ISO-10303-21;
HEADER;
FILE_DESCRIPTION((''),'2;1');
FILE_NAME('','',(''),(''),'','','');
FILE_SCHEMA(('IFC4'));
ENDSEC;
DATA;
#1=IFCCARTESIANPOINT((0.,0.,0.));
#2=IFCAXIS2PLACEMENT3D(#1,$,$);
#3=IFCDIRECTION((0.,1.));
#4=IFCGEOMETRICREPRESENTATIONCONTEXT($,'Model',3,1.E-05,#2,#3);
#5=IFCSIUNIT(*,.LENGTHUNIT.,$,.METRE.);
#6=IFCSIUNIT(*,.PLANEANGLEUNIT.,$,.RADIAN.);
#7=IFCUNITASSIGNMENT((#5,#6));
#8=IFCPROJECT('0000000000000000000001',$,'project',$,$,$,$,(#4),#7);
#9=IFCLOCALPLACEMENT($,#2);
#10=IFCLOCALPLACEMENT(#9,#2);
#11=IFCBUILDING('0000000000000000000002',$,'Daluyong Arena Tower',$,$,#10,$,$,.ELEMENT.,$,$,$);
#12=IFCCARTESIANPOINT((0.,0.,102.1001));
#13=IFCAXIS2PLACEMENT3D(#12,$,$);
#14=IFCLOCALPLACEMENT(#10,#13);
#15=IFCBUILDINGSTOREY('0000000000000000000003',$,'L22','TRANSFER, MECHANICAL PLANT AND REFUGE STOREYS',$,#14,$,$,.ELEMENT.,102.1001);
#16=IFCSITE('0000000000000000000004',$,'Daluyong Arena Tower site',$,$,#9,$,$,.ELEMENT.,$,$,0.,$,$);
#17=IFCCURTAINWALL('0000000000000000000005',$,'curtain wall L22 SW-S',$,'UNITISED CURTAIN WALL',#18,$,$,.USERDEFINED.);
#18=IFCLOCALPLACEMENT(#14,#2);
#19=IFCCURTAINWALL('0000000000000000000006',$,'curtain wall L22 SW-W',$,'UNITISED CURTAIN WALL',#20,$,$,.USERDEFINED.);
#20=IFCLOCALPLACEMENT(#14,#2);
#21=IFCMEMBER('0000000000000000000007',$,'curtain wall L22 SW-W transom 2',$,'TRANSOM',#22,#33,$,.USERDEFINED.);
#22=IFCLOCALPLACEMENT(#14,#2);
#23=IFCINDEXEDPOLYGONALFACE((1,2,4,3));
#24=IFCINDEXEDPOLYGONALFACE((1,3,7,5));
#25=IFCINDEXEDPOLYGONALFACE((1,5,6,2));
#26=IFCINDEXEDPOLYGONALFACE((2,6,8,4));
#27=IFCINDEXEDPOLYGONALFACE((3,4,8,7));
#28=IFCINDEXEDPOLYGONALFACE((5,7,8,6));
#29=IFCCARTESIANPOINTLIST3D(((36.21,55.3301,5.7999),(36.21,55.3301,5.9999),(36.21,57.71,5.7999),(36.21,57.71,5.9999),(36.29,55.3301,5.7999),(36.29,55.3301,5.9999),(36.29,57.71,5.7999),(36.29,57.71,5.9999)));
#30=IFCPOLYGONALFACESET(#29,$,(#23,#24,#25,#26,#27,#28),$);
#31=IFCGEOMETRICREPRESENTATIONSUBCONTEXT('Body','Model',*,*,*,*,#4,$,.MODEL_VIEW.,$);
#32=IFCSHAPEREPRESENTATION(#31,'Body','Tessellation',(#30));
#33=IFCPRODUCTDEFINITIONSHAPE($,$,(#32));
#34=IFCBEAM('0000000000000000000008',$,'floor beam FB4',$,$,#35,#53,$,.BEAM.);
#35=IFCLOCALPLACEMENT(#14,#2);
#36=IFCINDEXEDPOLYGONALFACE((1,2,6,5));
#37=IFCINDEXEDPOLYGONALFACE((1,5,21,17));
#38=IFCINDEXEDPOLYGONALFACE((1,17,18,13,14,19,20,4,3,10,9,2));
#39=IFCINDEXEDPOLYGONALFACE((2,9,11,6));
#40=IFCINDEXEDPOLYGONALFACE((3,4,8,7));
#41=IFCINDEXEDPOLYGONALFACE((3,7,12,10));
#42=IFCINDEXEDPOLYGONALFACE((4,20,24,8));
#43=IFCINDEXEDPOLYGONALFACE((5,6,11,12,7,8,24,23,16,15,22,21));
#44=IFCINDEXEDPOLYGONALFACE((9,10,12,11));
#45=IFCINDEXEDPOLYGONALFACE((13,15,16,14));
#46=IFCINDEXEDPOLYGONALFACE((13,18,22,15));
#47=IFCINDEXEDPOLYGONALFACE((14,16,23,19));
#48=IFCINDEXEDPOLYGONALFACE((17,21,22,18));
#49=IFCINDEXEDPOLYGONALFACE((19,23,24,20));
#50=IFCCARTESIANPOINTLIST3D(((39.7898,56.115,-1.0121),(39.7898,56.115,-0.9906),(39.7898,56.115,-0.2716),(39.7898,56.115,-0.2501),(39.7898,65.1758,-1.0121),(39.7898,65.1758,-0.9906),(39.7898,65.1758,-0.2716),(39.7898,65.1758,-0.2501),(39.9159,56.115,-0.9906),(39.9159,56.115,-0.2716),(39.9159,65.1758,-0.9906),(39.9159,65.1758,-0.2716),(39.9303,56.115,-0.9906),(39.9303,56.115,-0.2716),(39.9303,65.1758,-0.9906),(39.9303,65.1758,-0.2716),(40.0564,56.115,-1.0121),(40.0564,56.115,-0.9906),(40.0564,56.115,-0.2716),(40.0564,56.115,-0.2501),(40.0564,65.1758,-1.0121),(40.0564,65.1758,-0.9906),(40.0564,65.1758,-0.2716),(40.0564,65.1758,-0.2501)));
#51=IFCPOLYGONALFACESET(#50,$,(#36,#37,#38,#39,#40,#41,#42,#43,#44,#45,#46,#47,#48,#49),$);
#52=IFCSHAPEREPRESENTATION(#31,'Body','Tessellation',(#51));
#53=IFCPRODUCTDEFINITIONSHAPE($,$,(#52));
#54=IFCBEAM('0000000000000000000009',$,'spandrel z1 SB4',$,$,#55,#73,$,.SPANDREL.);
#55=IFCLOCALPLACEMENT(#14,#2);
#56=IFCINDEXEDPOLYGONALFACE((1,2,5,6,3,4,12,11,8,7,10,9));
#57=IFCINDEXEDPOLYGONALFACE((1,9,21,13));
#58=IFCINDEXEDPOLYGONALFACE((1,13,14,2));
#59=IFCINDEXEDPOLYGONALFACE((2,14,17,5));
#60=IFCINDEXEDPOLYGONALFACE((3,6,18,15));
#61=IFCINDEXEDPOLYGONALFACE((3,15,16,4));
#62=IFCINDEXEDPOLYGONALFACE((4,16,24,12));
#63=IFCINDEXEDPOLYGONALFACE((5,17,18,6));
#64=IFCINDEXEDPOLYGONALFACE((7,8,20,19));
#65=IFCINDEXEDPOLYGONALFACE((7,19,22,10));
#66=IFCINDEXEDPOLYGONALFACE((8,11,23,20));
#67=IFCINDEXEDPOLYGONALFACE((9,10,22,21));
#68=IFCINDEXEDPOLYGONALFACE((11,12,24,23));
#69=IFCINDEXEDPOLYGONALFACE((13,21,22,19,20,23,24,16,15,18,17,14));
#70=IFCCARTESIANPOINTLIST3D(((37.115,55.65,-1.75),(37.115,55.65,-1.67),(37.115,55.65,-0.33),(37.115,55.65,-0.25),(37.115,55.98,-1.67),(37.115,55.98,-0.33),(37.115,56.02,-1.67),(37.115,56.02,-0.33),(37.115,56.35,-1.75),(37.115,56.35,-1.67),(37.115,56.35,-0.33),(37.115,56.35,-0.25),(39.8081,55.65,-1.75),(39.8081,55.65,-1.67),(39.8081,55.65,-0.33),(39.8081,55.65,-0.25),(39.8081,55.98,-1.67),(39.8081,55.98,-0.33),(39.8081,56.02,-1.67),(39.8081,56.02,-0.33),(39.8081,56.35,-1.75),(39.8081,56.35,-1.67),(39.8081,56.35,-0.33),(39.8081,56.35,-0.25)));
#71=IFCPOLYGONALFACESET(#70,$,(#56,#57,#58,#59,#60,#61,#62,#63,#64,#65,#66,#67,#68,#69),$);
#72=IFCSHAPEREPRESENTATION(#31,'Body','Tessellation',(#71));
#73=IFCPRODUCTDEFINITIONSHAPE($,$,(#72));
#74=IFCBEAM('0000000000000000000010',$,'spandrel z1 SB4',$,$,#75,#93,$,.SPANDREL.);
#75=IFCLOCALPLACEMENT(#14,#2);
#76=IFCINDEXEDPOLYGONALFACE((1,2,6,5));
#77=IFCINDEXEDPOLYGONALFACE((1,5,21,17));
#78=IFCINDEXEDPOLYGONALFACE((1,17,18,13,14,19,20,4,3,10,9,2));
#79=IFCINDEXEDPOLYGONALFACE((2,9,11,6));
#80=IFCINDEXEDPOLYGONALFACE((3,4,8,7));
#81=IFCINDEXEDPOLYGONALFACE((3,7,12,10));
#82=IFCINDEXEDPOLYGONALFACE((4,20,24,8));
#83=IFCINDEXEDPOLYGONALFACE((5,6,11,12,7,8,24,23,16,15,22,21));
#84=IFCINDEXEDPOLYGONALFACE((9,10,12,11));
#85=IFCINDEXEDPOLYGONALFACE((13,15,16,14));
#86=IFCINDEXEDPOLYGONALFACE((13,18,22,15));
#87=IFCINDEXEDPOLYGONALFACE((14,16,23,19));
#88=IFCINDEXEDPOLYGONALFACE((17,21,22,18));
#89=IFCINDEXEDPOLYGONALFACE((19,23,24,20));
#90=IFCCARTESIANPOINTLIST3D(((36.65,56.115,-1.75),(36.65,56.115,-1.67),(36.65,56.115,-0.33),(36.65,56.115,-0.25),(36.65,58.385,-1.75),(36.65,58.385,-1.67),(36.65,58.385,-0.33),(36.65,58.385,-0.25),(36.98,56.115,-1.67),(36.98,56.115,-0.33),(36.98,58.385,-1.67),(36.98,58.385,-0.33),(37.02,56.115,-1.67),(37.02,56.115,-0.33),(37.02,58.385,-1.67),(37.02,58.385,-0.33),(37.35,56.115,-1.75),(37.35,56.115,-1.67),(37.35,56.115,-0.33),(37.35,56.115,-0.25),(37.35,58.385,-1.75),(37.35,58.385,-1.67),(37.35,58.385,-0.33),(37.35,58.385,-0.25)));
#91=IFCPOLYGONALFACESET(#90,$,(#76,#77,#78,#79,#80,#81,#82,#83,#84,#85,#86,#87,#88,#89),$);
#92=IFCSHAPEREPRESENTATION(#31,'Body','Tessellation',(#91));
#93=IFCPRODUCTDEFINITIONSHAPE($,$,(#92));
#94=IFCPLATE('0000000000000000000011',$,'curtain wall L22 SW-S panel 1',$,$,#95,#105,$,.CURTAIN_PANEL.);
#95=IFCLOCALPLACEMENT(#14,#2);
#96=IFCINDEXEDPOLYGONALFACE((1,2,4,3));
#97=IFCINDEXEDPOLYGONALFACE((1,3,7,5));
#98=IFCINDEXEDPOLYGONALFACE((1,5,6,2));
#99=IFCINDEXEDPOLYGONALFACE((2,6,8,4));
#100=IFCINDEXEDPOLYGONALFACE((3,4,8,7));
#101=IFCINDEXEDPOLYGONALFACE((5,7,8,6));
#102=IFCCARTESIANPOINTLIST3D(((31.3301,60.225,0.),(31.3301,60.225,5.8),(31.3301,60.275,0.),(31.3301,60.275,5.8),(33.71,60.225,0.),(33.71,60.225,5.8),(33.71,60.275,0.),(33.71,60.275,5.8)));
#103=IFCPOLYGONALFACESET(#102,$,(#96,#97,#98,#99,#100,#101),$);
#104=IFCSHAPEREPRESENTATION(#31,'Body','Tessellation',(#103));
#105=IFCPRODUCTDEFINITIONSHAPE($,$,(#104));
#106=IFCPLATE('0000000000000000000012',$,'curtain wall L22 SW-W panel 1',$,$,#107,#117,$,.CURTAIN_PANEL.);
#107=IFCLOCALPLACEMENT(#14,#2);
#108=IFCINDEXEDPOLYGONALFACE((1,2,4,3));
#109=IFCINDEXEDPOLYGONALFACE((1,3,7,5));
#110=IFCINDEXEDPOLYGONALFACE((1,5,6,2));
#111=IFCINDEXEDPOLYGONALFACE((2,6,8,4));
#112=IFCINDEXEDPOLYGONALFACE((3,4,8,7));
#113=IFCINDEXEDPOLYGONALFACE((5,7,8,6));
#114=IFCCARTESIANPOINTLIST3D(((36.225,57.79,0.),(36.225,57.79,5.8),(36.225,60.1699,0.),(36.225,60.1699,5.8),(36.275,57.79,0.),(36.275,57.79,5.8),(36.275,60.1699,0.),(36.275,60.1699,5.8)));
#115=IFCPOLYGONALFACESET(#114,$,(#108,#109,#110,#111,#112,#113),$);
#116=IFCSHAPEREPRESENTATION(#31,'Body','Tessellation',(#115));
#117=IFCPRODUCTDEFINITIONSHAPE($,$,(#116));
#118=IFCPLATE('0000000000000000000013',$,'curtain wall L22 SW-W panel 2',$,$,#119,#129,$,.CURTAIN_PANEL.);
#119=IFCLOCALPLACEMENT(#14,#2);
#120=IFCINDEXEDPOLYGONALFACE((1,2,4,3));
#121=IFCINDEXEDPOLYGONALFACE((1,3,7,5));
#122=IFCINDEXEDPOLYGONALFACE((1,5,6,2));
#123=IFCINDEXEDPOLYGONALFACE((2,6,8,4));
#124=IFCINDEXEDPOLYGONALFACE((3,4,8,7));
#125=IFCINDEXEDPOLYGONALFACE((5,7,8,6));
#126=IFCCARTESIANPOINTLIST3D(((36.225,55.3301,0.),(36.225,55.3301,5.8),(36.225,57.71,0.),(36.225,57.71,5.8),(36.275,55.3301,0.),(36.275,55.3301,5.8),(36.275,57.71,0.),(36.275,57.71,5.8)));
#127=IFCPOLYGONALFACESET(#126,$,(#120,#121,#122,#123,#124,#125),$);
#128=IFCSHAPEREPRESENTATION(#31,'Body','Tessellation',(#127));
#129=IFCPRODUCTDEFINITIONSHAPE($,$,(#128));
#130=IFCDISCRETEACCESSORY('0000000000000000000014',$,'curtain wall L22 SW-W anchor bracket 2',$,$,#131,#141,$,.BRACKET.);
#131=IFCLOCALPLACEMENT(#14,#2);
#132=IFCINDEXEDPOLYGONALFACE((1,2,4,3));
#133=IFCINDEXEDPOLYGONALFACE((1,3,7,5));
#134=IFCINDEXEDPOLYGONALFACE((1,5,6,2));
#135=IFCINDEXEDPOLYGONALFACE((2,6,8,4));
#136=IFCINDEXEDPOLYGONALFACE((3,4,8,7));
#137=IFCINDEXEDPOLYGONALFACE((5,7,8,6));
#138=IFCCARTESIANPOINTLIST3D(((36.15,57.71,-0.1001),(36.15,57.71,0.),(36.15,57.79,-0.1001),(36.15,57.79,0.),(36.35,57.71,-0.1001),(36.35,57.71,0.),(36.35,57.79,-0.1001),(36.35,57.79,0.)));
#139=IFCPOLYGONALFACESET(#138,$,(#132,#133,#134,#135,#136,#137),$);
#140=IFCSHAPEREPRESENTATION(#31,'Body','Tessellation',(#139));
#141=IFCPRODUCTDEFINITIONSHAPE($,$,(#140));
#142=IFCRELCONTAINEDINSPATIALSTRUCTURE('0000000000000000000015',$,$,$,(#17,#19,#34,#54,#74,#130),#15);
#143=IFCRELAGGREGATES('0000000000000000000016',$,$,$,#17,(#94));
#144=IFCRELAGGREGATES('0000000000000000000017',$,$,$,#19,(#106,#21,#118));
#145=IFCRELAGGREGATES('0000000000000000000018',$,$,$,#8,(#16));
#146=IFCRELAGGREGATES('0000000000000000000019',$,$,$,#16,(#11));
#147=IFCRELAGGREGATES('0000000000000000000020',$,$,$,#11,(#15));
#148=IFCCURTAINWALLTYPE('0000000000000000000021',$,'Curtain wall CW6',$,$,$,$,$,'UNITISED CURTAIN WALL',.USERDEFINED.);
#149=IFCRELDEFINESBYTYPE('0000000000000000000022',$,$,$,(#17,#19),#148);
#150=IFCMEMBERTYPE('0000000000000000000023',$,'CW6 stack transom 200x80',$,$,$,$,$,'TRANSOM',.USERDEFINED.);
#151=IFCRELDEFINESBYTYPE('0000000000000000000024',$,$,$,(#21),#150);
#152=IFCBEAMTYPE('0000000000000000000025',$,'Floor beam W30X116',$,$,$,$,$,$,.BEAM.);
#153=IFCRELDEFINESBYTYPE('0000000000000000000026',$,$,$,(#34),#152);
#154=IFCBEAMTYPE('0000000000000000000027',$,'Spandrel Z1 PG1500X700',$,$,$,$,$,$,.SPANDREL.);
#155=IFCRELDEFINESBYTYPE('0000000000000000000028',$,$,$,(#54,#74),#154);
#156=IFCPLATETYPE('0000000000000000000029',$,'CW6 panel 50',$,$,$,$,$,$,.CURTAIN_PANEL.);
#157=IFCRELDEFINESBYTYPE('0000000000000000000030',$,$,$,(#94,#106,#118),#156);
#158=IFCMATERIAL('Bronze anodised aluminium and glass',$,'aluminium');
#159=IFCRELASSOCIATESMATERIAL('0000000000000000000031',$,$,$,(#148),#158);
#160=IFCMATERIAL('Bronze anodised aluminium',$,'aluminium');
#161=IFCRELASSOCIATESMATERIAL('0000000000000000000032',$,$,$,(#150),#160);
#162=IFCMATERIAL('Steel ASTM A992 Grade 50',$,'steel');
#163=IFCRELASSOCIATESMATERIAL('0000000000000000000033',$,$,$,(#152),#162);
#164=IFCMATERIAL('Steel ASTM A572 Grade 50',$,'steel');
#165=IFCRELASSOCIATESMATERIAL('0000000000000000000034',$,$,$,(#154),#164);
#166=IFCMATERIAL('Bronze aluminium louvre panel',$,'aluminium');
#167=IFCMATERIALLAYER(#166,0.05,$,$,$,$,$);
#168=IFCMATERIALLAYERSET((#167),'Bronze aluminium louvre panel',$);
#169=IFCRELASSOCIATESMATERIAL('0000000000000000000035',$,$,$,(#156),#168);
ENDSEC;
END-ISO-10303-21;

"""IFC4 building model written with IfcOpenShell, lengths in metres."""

from ifc_helpers import new_model, si_unit, direction, frame, origin, origin_2d, place, context, subcontext, project, spatial, rectangle, i_section, extrude, material, layer, layer_set, material_profile, profile_set, type_object, element, aggregate, save


model = new_model("IFC4")

# Units and contexts
model_context = context("Model", 3, precision=1e-05, world=origin(), true_north=direction((0.0, 1.0)))
body_context = subcontext(model_context, "Body", "Model", "MODEL_VIEW")
ifc_project = project(units=[si_unit("LENGTHUNIT", "METRE"), si_unit("PLANEANGLEUNIT", "RADIAN")], contexts=[model_context])

# Site, building, storey
site_placement = place(None, origin())
site = spatial("IfcSite", under=ifc_project, at=site_placement, Name="Daluyong Arena Tower site", CompositionType="ELEMENT", RefElevation=0.0)
building_placement = place(site_placement, origin())
building = spatial("IfcBuilding", under=site, at=building_placement, Name="Daluyong Arena Tower", CompositionType="ELEMENT")
storey_placement = place(building_placement, frame((0.0, 0.0, 102.1001)))
storey = spatial("IfcBuildingStorey", under=building, at=storey_placement, Name="L22", Description="TRANSFER, MECHANICAL PLANT AND REFUGE STOREYS", CompositionType="ELEMENT", Elevation=102.1001)

# Curtain walls
ifc_material_1 = material(Name="Bronze anodised aluminium and glass", Category="aluminium")
curtain_wall_type = type_object("IfcCurtainWallType", Name="Curtain wall CW6", ElementType="UNITISED CURTAIN WALL", PredefinedType="USERDEFINED", material=ifc_material_1)
curtain_wall_1_placement = place(storey_placement, origin())
curtain_wall_1 = element("IfcCurtainWall", 1, at=curtain_wall_1_placement, inside=storey, type_object=curtain_wall_type, Name="curtain wall L22 SW-S", ObjectType="UNITISED CURTAIN WALL", PredefinedType="USERDEFINED")
curtain_wall_2_placement = place(storey_placement, origin())
curtain_wall_2 = element("IfcCurtainWall", 2, at=curtain_wall_2_placement, inside=storey, type_object=curtain_wall_type, Name="curtain wall L22 SW-W", ObjectType="UNITISED CURTAIN WALL", PredefinedType="USERDEFINED")

# Member
ifc_material_2 = material(Name="Bronze anodised aluminium", Category="aluminium")
ifc_material_profile_1 = material_profile(ifc_material_2, rectangle(XDim=0.0801, YDim=0.2, at=origin_2d()))
ifc_profile_set_1 = profile_set([ifc_material_profile_1], Name="Bronze anodised aluminium")
member_type_1 = type_object("IfcMemberType", Name="CW6 stack transom 200x80", ElementType="TRANSOM", PredefinedType="USERDEFINED", material=ifc_profile_set_1)
member_1_placement = place(storey_placement, frame((36.25, 57.71, 5.8999), z_axis=(0.0, -1.0, 0.0), x_axis=(1.0, 0.0, 0.0)))
member_1 = element("IfcMember", 3, at=member_1_placement, type_object=member_type_1, Name="curtain wall L22 SW-W transom 2", ObjectType="TRANSOM", PredefinedType="USERDEFINED", context=body_context, shape_type="SweptSolid", body=[
    extrude(rectangle(XDim=0.0801, YDim=0.2, at=origin_2d()), origin(), (0.0, 0.0, 1.0), 2.3799),
])

# Beams
ifc_material_3 = material(Name="Steel ASTM A992 Grade 50", Category="steel")
ifc_material_profile_2 = material_profile(ifc_material_3, i_section(OverallWidth=0.2666, OverallDepth=0.762, WebThickness=0.0144, FlangeThickness=0.0215, at=origin_2d()))
ifc_profile_set_2 = profile_set([ifc_material_profile_2], Name="Steel ASTM A992 Grade 50")
beam_type_1 = type_object("IfcBeamType", Name="Floor beam W30X116", PredefinedType="BEAM", material=ifc_profile_set_2)
beam_1_placement = place(storey_placement, frame((39.9231, 56.115, -0.6311), z_axis=(0.0, 1.0, 0.0), x_axis=(-1.0, 0.0, 0.0)))
element("IfcBeam", 4, at=beam_1_placement, inside=storey, type_object=beam_type_1, Name="floor beam FB4", PredefinedType="BEAM", context=body_context, shape_type="SweptSolid", body=[
    extrude(i_section(OverallWidth=0.2666, OverallDepth=0.762, WebThickness=0.0144, FlangeThickness=0.0215, at=origin_2d()), origin(), (0.0, 0.0, 1.0), 9.0608),
])
ifc_material_4 = material(Name="Steel ASTM A572 Grade 50", Category="steel")
ifc_material_profile_3 = material_profile(ifc_material_4, i_section(OverallWidth=0.7, OverallDepth=1.5, WebThickness=0.04, FlangeThickness=0.08, at=origin_2d()))
ifc_profile_set_3 = profile_set([ifc_material_profile_3], Name="Steel ASTM A572 Grade 50")
beam_type_2 = type_object("IfcBeamType", Name="Spandrel Z1 PG1500X700", PredefinedType="SPANDREL", material=ifc_profile_set_3)
beam_2_placement = place(storey_placement, frame((37.115, 56.0, -1.0), z_axis=(1.0, 0.0, 0.0), x_axis=(0.0, 1.0, 0.0)))
element("IfcBeam", 5, at=beam_2_placement, inside=storey, type_object=beam_type_2, Name="spandrel z1 SB4", PredefinedType="SPANDREL", context=body_context, shape_type="SweptSolid", body=[
    extrude(i_section(OverallWidth=0.7, OverallDepth=1.5, WebThickness=0.04, FlangeThickness=0.08, at=origin_2d()), origin(), (0.0, 0.0, 1.0), 2.6931),
])
beam_3_placement = place(storey_placement, frame((37.0, 58.385, -1.0), z_axis=(0.0, -1.0, 0.0), x_axis=(1.0, 0.0, 0.0)))
element("IfcBeam", 6, at=beam_3_placement, inside=storey, type_object=beam_type_2, Name="spandrel z1 SB4", PredefinedType="SPANDREL", context=body_context, shape_type="SweptSolid", body=[
    extrude(i_section(OverallWidth=0.7, OverallDepth=1.5, WebThickness=0.04, FlangeThickness=0.08, at=origin_2d()), origin(), (0.0, 0.0, 1.0), 2.27),
])

# Plates
ifc_material_5 = material(Name="Bronze aluminium louvre panel", Category="aluminium")
ifc_layer = layer(ifc_material_5, 0.05)
ifc_layer_set = layer_set([ifc_layer], Name="Bronze aluminium louvre panel")
plate_type = type_object("IfcPlateType", Name="CW6 panel 50", PredefinedType="CURTAIN_PANEL", material=ifc_layer_set)
plate_1_placement = place(storey_placement, frame((32.52, 60.25, 0.0), z_axis=(0.0, 0.0, 1.0), x_axis=(1.0, 0.0, 0.0)))
plate_1 = element("IfcPlate", 7, at=plate_1_placement, type_object=plate_type, Name="curtain wall L22 SW-S panel 1", PredefinedType="CURTAIN_PANEL", context=body_context, shape_type="SweptSolid", body=[
    extrude(rectangle(XDim=2.3799, YDim=0.05, at=origin_2d()), origin(), (0.0, 0.0, 1.0), 5.8),
])
aggregate(curtain_wall_1, [plate_1])
plate_2_placement = place(storey_placement, frame((36.25, 58.98, 0.0), z_axis=(0.0, 0.0, 1.0), x_axis=(0.0, -1.0, 0.0)))
plate_2 = element("IfcPlate", 8, at=plate_2_placement, type_object=plate_type, Name="curtain wall L22 SW-W panel 1", PredefinedType="CURTAIN_PANEL", context=body_context, shape_type="SweptSolid", body=[
    extrude(rectangle(XDim=2.3799, YDim=0.05, at=origin_2d()), origin(), (0.0, 0.0, 1.0), 5.8),
])
plate_3_placement = place(storey_placement, frame((36.25, 56.52, 0.0), z_axis=(0.0, 0.0, 1.0), x_axis=(0.0, -1.0, 0.0)))
plate_3 = element("IfcPlate", 9, at=plate_3_placement, type_object=plate_type, Name="curtain wall L22 SW-W panel 2", PredefinedType="CURTAIN_PANEL", context=body_context, shape_type="SweptSolid", body=[
    extrude(rectangle(XDim=2.3799, YDim=0.05, at=origin_2d()), origin(), (0.0, 0.0, 1.0), 5.8),
])
aggregate(curtain_wall_2, [plate_2, member_1, plate_3])

# Discrete accessory
discrete_accessory_placement = place(storey_placement, frame((36.25, 57.75, -0.1001), z_axis=(0.0, 0.0, 1.0), x_axis=(0.0, -1.0, 0.0)))
element("IfcDiscreteAccessory", 10, at=discrete_accessory_placement, inside=storey, Name="curtain wall L22 SW-W anchor bracket 2", PredefinedType="BRACKET", context=body_context, shape_type="SweptSolid", body=[
    extrude(rectangle(XDim=0.0801, YDim=0.2, at=origin_2d()), origin(), (0.0, 0.0, 1.0), 0.1001),
])

save(model, "model.ifc")
